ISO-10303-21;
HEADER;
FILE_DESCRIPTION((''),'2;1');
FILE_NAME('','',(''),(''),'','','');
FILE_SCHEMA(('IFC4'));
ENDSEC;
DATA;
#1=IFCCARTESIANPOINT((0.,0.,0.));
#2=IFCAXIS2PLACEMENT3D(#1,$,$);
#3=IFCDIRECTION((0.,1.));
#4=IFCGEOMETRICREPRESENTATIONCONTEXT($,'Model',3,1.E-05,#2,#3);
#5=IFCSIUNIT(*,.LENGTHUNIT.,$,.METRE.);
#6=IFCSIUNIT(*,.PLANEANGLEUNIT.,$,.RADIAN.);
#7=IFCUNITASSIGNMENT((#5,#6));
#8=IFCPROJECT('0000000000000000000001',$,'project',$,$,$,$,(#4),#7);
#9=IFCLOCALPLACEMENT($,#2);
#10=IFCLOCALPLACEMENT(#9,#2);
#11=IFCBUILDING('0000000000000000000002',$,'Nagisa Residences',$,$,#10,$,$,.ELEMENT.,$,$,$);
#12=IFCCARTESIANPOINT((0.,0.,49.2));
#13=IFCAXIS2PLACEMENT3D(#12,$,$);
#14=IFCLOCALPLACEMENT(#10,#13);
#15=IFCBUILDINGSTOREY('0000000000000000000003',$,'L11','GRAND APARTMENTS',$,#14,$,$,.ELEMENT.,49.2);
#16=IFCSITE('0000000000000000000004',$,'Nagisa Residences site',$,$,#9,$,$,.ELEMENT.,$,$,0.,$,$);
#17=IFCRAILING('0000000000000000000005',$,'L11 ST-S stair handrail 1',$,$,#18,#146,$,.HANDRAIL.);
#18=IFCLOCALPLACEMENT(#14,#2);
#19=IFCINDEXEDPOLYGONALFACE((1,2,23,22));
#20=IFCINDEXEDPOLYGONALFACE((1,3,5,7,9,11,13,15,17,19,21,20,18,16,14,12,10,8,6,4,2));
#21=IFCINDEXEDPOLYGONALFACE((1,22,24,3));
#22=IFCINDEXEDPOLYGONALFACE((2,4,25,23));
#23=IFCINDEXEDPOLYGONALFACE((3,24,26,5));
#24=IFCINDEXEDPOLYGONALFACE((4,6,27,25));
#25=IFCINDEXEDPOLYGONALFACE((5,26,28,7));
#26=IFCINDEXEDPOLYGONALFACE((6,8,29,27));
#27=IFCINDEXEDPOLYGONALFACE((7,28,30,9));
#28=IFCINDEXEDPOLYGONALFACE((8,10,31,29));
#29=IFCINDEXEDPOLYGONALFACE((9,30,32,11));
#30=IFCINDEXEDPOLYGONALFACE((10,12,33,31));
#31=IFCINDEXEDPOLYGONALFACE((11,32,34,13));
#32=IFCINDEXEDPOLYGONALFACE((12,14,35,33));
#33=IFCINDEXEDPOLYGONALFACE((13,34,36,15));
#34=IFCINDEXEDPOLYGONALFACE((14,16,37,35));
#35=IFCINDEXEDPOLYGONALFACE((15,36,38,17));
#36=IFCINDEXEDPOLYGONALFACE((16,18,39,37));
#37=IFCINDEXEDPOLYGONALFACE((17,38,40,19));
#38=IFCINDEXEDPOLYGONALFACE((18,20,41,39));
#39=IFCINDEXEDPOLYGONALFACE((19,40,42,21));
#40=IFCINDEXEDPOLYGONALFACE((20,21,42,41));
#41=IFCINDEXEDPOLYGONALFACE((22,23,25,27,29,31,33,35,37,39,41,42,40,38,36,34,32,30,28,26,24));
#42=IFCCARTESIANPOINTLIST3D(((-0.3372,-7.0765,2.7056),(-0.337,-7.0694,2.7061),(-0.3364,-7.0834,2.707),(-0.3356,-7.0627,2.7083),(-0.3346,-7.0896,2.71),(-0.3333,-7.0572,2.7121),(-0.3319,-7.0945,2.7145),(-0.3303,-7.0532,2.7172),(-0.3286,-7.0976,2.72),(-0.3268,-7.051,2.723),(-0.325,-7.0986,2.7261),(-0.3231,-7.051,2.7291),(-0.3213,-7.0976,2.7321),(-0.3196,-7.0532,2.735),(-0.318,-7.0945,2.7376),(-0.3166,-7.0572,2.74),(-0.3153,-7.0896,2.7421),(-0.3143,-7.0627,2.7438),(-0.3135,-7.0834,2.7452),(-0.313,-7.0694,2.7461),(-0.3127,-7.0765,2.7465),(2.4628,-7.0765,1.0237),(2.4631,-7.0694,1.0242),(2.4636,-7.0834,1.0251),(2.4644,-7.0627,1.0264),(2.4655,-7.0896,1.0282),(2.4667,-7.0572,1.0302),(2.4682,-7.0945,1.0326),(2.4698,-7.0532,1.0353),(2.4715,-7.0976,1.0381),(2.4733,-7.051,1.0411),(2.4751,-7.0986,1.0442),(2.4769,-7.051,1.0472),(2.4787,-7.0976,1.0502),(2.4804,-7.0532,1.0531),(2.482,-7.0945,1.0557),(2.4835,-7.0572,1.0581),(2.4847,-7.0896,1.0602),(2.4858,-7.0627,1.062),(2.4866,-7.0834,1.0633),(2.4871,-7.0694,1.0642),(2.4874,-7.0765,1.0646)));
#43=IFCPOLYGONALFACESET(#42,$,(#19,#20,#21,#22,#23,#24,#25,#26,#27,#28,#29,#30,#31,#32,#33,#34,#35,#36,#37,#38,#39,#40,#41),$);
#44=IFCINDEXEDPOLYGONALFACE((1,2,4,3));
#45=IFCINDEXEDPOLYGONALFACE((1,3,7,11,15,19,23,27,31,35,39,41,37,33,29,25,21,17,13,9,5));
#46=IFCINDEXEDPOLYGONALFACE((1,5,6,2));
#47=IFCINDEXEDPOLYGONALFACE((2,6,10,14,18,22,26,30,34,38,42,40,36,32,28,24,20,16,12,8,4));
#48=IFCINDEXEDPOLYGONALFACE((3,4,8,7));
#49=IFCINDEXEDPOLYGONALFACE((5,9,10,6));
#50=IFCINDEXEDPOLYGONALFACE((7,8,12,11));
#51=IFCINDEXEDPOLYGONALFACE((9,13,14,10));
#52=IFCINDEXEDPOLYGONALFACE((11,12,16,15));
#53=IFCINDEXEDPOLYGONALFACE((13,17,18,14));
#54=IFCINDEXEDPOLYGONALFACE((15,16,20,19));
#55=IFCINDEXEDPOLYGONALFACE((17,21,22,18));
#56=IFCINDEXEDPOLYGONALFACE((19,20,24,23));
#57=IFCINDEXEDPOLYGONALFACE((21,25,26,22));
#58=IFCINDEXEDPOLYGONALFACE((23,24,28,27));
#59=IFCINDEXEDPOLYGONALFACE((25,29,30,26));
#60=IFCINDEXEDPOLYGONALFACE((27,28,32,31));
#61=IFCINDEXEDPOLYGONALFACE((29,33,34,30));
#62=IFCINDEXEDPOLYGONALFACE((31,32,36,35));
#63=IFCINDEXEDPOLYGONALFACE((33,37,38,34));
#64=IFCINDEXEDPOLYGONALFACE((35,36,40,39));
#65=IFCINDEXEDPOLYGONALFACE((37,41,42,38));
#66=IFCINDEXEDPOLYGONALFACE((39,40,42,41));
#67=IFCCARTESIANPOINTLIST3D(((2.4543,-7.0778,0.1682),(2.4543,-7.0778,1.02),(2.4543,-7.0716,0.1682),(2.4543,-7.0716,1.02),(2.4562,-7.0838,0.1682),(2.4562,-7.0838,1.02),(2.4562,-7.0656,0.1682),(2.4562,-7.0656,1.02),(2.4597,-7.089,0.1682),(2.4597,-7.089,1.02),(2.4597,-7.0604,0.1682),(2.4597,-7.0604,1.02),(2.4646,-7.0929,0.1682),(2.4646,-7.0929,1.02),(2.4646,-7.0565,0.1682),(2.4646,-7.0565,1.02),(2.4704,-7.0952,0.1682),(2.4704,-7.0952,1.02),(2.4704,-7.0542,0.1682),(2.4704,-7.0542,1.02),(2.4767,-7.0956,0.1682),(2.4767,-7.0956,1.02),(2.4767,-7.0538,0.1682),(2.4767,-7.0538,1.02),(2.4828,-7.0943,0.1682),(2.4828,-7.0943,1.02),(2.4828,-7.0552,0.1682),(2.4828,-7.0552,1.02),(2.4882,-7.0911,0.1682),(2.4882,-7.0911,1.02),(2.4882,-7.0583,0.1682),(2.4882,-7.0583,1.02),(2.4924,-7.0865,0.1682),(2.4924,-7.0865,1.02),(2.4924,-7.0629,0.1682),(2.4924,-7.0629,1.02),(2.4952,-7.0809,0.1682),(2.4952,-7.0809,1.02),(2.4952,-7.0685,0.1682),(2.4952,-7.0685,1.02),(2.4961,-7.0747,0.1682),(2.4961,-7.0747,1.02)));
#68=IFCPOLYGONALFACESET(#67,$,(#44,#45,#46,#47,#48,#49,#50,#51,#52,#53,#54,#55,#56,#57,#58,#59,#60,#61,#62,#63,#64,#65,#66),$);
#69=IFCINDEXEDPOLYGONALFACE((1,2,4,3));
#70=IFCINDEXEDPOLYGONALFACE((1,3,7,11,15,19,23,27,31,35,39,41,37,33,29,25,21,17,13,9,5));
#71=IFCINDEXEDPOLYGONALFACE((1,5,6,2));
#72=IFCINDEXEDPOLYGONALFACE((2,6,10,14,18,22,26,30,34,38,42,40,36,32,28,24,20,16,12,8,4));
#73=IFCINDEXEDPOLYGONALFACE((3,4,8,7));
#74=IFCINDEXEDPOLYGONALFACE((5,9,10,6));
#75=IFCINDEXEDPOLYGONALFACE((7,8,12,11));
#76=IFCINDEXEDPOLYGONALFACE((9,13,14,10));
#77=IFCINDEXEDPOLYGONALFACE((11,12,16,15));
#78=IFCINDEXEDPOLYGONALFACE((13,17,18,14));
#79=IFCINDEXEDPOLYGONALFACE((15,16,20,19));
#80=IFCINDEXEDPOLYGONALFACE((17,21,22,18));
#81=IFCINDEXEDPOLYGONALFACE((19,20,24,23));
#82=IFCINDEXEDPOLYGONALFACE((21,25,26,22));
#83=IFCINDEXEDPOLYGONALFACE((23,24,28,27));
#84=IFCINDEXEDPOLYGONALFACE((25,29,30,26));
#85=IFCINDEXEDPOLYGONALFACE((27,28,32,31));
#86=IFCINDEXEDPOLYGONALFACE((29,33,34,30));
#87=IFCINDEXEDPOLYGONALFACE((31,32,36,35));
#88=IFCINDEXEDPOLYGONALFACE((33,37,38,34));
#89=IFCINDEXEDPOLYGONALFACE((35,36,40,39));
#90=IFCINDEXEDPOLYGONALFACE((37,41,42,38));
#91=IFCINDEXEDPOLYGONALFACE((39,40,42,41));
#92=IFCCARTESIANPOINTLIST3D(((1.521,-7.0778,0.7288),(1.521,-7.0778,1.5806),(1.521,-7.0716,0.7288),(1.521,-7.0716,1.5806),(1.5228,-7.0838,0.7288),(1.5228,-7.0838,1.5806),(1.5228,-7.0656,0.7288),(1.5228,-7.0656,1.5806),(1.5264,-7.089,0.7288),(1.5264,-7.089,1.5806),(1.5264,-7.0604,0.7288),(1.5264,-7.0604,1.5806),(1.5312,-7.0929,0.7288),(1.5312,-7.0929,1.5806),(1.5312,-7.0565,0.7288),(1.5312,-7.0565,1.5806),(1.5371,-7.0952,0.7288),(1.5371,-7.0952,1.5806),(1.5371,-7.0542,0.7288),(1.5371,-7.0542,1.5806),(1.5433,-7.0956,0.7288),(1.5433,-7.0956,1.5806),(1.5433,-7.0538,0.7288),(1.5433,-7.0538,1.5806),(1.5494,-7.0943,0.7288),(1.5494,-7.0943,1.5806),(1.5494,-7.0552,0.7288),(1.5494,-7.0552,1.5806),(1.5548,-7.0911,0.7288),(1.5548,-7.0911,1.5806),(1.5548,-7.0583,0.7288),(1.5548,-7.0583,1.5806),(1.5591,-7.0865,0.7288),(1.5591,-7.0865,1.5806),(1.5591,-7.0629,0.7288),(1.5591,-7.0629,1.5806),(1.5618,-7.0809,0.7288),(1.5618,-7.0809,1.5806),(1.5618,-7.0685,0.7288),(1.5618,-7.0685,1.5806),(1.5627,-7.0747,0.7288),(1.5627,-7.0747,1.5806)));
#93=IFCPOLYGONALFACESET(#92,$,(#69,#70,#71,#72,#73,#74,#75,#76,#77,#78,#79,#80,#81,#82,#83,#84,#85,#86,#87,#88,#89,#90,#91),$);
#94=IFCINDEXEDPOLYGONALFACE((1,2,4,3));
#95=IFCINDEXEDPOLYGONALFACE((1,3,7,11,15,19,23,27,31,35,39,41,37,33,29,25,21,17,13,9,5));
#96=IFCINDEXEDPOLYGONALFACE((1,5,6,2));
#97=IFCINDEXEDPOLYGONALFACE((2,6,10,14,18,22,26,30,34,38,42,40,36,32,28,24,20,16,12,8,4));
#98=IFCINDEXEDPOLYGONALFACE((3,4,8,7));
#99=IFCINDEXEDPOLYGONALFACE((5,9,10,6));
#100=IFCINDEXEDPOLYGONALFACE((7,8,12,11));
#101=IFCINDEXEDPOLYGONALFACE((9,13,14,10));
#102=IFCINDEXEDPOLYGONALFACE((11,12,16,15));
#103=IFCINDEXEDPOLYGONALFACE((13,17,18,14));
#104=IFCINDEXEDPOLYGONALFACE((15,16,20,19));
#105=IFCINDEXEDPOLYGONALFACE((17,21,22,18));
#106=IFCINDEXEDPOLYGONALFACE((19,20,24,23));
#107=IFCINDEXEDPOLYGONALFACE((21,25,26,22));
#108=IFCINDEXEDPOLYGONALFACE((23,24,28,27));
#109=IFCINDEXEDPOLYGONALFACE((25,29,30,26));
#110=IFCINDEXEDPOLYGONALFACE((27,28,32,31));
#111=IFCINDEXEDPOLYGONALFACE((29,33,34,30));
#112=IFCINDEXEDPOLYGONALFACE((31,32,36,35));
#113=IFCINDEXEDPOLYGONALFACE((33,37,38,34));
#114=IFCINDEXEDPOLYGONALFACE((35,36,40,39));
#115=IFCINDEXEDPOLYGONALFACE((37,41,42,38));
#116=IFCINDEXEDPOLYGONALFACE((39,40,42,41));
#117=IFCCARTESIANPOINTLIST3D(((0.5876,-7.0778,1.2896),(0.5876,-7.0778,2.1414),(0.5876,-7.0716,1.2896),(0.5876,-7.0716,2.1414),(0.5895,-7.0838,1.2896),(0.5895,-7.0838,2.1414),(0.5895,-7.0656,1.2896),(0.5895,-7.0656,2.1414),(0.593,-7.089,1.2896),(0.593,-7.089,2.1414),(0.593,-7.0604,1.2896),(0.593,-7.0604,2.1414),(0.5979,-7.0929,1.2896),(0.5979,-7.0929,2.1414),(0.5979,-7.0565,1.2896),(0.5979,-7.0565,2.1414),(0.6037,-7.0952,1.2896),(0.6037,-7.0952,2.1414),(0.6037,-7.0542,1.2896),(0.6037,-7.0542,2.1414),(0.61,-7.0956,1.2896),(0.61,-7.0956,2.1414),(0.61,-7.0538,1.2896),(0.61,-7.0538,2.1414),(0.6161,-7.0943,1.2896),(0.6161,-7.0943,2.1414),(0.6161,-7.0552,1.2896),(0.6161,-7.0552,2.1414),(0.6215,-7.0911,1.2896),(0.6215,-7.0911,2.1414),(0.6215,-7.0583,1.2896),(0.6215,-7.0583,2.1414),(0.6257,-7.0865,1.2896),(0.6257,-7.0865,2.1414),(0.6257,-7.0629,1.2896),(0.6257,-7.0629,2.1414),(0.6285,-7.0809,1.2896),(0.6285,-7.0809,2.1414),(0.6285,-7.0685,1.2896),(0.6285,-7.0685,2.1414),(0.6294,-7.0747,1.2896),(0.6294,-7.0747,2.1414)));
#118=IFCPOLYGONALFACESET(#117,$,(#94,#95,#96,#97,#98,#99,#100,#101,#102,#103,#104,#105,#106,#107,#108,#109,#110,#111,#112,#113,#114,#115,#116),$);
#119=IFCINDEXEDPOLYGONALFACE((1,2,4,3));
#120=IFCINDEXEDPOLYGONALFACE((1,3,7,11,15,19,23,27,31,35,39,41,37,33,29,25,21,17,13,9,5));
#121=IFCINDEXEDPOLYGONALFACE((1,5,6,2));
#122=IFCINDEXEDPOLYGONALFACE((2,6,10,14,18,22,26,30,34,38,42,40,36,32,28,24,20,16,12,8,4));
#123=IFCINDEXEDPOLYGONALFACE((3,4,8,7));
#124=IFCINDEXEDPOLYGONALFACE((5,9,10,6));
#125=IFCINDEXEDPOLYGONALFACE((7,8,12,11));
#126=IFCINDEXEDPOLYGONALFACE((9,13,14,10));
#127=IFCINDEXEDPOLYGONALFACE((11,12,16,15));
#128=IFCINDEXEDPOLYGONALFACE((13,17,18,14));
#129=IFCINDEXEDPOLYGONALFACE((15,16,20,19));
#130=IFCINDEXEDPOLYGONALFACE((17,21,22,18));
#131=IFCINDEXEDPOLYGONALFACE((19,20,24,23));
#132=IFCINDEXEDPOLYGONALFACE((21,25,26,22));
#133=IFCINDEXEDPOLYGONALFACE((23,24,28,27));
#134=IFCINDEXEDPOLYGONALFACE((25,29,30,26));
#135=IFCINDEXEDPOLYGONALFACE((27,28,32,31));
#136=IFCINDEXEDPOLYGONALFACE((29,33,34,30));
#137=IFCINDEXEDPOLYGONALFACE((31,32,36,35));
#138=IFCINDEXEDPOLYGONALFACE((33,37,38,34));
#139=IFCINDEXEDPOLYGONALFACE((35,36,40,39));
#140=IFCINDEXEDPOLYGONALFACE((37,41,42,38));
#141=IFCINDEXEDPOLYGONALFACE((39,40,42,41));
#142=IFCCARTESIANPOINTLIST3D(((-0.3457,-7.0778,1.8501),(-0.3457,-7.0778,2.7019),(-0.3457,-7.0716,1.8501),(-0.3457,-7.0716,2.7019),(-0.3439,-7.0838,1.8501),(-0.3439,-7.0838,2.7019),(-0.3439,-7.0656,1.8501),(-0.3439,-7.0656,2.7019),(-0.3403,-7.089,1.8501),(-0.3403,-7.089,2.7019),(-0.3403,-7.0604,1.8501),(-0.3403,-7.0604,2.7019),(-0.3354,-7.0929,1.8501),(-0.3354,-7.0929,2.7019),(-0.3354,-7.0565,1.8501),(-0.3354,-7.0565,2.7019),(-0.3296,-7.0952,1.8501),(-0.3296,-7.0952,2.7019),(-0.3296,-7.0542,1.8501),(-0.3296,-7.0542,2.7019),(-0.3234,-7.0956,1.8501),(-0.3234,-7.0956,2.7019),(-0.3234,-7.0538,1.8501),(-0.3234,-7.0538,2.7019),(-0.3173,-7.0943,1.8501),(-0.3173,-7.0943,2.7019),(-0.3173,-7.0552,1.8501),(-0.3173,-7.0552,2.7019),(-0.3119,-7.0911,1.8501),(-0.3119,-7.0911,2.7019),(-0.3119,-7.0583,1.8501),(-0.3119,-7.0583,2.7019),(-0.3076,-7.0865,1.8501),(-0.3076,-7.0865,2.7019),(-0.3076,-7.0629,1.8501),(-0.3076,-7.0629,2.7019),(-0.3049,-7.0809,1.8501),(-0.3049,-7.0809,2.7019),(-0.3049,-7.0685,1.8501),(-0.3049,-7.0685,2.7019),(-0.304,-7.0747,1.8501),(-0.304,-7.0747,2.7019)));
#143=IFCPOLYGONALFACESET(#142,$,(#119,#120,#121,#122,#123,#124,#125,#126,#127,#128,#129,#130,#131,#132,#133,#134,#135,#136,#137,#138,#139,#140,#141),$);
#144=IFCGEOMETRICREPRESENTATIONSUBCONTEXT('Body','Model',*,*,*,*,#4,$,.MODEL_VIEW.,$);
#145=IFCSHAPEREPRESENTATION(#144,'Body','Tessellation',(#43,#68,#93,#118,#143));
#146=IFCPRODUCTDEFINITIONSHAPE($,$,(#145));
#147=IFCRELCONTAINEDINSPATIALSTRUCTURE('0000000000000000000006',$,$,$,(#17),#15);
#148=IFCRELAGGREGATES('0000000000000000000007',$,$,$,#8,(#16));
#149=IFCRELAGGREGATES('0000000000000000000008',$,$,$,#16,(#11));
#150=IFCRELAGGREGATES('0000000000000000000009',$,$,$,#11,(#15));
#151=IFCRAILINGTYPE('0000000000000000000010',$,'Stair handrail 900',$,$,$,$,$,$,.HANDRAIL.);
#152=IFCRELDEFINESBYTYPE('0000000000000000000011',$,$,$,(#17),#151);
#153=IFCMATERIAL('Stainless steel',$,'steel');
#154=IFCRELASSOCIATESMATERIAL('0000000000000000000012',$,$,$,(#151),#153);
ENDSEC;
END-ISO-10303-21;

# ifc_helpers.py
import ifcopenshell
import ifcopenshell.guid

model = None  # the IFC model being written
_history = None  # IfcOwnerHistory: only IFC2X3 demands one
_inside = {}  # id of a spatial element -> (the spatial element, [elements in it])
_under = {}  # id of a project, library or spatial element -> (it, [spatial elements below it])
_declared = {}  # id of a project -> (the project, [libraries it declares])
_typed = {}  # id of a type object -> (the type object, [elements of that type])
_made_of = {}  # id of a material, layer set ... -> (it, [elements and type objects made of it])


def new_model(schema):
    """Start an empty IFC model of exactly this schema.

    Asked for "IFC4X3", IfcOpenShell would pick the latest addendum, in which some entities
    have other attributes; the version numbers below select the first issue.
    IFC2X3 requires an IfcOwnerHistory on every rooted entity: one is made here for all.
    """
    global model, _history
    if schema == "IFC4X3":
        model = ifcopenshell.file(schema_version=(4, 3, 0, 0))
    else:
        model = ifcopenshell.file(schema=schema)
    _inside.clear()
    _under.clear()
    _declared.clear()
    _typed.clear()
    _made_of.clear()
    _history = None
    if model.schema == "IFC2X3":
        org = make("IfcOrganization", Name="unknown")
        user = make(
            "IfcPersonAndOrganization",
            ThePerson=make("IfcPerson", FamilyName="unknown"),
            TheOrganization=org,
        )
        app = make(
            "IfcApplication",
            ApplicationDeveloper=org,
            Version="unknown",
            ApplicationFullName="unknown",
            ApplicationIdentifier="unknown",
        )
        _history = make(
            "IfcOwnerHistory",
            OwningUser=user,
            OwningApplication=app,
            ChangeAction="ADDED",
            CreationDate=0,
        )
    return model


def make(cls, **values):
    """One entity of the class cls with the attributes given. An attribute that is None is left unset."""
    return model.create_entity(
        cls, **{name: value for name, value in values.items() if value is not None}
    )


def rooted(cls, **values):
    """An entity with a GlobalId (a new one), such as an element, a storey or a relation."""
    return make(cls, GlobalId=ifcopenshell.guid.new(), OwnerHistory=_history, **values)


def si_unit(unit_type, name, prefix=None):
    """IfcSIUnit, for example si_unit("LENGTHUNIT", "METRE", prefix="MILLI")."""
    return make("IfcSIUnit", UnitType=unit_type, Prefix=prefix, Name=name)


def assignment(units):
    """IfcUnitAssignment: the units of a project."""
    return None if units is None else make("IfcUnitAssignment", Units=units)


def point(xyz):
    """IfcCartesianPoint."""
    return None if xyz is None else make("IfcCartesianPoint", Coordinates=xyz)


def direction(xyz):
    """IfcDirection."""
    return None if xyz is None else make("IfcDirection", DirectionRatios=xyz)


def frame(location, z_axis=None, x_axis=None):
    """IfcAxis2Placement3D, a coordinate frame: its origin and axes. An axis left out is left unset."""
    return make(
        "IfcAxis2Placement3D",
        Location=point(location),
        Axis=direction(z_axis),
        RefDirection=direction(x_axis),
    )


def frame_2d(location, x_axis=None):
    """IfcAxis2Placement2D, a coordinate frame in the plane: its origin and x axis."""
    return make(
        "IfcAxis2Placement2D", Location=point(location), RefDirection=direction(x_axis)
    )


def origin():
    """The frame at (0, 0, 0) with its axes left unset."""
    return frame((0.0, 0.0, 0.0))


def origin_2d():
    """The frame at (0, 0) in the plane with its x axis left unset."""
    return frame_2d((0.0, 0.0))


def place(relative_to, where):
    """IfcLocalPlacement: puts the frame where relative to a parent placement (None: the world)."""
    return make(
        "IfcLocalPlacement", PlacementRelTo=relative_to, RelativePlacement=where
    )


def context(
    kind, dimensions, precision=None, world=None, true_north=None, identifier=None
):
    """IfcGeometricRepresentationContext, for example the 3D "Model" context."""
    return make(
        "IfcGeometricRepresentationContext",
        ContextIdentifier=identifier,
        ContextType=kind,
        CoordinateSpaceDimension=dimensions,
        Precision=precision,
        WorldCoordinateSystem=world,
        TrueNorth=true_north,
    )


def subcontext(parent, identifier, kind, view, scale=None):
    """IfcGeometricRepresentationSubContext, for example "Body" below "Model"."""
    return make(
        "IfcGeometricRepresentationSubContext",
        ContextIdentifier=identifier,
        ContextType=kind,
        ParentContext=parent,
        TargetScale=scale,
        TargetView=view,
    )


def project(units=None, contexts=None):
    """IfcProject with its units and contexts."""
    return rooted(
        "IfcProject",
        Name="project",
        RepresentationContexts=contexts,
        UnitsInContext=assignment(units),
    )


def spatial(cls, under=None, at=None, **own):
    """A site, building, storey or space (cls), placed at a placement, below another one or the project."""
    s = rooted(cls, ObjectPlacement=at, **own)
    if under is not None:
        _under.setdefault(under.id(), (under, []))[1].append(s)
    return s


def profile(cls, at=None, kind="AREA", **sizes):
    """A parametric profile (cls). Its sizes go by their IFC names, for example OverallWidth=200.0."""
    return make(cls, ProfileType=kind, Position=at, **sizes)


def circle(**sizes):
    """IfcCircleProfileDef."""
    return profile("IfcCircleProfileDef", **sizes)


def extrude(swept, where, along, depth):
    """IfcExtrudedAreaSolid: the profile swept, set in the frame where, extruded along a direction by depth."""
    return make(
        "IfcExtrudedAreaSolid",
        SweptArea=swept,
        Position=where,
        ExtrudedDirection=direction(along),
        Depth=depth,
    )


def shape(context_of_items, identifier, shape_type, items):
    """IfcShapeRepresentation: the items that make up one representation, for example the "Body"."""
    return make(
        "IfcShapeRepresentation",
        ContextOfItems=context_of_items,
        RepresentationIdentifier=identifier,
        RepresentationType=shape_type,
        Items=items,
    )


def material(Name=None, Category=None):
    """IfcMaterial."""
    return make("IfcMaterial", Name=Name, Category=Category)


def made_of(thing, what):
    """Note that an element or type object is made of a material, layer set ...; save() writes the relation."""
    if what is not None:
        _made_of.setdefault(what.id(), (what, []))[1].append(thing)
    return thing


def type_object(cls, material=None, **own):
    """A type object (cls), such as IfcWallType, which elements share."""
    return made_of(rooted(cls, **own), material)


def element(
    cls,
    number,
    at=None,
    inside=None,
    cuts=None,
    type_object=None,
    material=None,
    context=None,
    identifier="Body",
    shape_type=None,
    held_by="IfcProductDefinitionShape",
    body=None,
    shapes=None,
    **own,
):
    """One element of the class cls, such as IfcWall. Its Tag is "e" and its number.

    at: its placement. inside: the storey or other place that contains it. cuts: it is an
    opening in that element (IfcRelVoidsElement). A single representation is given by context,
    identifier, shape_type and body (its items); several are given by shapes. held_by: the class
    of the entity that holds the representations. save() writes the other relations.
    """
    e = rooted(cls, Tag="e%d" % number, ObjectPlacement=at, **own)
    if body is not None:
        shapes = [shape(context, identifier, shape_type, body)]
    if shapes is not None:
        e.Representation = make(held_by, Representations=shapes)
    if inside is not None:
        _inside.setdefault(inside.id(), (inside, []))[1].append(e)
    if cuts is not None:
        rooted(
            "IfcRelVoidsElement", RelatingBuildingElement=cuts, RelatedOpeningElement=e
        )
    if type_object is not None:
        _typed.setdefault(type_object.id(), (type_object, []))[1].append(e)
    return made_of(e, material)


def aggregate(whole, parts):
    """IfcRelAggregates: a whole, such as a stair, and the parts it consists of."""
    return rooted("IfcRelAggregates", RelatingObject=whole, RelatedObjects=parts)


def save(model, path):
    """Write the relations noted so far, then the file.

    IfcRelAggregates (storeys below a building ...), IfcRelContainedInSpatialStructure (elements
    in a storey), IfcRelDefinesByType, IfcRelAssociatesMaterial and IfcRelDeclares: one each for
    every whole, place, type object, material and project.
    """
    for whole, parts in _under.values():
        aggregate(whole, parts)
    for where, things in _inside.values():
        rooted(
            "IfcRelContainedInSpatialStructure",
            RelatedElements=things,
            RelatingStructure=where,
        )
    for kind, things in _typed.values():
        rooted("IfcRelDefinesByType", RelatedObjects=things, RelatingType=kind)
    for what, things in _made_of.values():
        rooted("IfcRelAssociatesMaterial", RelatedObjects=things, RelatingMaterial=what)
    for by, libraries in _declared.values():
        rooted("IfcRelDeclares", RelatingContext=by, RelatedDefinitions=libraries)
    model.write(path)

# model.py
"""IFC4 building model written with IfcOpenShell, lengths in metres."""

from ifc_helpers import new_model, si_unit, direction, frame, origin, origin_2d, place, context, subcontext, project, spatial, circle, extrude, material, type_object, element, save


model = new_model("IFC4")

# Units and contexts
model_context = context("Model", 3, precision=1e-05, world=origin(), true_north=direction((0.0, 1.0)))
body_context = subcontext(model_context, "Body", "Model", "MODEL_VIEW")
ifc_project = project(units=[si_unit("LENGTHUNIT", "METRE"), si_unit("PLANEANGLEUNIT", "RADIAN")], contexts=[model_context])

# Site, building, storey
site_placement = place(None, origin())
site = spatial("IfcSite", under=ifc_project, at=site_placement, Name="Nagisa Residences site", CompositionType="ELEMENT", RefElevation=0.0)
building_placement = place(site_placement, origin())
building = spatial("IfcBuilding", under=site, at=building_placement, Name="Nagisa Residences", CompositionType="ELEMENT")
storey_placement = place(building_placement, frame((0.0, 0.0, 49.2)))
storey = spatial("IfcBuildingStorey", under=building, at=storey_placement, Name="L11", Description="GRAND APARTMENTS", CompositionType="ELEMENT", Elevation=49.2)

# Railing
ifc_material_1 = material(Name="Stainless steel", Category="steel")
railing_type_1 = type_object("IfcRailingType", Name="Stair handrail 900", PredefinedType="HANDRAIL", material=ifc_material_1)
railing_1_placement = place(storey_placement, frame((2.4751, -7.0747, 0.1682)))
element("IfcRailing", 1, at=railing_1_placement, inside=storey, type_object=railing_type_1, Name="L11 ST-S stair handrail 1", PredefinedType="HANDRAIL", context=body_context, shape_type="SweptSolid", body=[
    extrude(circle(Radius=0.0239, at=origin_2d()), frame((0.0, 0.0, 0.876), z_axis=(-0.857242, 0.0, 0.514913), x_axis=(0.0, -1.0, 0.0)), (0.0, 0.0, 1.0), 3.2664),
    extrude(circle(Radius=0.021, at=origin_2d()), origin(), (0.0, 0.0, 1.0), 0.8518),
    extrude(circle(Radius=0.021, at=origin_2d()), frame((-0.9333, 0.0, 0.5605)), (0.0, 0.0, 1.0), 0.8518),
    extrude(circle(Radius=0.021, at=origin_2d()), frame((-1.8667, 0.0, 1.1213)), (0.0, 0.0, 1.0), 0.8518),
    extrude(circle(Radius=0.021, at=origin_2d()), frame((-2.8, 0.0, 1.6819)), (0.0, 0.0, 1.0), 0.8518),
])

save(model, "model.ifc")
